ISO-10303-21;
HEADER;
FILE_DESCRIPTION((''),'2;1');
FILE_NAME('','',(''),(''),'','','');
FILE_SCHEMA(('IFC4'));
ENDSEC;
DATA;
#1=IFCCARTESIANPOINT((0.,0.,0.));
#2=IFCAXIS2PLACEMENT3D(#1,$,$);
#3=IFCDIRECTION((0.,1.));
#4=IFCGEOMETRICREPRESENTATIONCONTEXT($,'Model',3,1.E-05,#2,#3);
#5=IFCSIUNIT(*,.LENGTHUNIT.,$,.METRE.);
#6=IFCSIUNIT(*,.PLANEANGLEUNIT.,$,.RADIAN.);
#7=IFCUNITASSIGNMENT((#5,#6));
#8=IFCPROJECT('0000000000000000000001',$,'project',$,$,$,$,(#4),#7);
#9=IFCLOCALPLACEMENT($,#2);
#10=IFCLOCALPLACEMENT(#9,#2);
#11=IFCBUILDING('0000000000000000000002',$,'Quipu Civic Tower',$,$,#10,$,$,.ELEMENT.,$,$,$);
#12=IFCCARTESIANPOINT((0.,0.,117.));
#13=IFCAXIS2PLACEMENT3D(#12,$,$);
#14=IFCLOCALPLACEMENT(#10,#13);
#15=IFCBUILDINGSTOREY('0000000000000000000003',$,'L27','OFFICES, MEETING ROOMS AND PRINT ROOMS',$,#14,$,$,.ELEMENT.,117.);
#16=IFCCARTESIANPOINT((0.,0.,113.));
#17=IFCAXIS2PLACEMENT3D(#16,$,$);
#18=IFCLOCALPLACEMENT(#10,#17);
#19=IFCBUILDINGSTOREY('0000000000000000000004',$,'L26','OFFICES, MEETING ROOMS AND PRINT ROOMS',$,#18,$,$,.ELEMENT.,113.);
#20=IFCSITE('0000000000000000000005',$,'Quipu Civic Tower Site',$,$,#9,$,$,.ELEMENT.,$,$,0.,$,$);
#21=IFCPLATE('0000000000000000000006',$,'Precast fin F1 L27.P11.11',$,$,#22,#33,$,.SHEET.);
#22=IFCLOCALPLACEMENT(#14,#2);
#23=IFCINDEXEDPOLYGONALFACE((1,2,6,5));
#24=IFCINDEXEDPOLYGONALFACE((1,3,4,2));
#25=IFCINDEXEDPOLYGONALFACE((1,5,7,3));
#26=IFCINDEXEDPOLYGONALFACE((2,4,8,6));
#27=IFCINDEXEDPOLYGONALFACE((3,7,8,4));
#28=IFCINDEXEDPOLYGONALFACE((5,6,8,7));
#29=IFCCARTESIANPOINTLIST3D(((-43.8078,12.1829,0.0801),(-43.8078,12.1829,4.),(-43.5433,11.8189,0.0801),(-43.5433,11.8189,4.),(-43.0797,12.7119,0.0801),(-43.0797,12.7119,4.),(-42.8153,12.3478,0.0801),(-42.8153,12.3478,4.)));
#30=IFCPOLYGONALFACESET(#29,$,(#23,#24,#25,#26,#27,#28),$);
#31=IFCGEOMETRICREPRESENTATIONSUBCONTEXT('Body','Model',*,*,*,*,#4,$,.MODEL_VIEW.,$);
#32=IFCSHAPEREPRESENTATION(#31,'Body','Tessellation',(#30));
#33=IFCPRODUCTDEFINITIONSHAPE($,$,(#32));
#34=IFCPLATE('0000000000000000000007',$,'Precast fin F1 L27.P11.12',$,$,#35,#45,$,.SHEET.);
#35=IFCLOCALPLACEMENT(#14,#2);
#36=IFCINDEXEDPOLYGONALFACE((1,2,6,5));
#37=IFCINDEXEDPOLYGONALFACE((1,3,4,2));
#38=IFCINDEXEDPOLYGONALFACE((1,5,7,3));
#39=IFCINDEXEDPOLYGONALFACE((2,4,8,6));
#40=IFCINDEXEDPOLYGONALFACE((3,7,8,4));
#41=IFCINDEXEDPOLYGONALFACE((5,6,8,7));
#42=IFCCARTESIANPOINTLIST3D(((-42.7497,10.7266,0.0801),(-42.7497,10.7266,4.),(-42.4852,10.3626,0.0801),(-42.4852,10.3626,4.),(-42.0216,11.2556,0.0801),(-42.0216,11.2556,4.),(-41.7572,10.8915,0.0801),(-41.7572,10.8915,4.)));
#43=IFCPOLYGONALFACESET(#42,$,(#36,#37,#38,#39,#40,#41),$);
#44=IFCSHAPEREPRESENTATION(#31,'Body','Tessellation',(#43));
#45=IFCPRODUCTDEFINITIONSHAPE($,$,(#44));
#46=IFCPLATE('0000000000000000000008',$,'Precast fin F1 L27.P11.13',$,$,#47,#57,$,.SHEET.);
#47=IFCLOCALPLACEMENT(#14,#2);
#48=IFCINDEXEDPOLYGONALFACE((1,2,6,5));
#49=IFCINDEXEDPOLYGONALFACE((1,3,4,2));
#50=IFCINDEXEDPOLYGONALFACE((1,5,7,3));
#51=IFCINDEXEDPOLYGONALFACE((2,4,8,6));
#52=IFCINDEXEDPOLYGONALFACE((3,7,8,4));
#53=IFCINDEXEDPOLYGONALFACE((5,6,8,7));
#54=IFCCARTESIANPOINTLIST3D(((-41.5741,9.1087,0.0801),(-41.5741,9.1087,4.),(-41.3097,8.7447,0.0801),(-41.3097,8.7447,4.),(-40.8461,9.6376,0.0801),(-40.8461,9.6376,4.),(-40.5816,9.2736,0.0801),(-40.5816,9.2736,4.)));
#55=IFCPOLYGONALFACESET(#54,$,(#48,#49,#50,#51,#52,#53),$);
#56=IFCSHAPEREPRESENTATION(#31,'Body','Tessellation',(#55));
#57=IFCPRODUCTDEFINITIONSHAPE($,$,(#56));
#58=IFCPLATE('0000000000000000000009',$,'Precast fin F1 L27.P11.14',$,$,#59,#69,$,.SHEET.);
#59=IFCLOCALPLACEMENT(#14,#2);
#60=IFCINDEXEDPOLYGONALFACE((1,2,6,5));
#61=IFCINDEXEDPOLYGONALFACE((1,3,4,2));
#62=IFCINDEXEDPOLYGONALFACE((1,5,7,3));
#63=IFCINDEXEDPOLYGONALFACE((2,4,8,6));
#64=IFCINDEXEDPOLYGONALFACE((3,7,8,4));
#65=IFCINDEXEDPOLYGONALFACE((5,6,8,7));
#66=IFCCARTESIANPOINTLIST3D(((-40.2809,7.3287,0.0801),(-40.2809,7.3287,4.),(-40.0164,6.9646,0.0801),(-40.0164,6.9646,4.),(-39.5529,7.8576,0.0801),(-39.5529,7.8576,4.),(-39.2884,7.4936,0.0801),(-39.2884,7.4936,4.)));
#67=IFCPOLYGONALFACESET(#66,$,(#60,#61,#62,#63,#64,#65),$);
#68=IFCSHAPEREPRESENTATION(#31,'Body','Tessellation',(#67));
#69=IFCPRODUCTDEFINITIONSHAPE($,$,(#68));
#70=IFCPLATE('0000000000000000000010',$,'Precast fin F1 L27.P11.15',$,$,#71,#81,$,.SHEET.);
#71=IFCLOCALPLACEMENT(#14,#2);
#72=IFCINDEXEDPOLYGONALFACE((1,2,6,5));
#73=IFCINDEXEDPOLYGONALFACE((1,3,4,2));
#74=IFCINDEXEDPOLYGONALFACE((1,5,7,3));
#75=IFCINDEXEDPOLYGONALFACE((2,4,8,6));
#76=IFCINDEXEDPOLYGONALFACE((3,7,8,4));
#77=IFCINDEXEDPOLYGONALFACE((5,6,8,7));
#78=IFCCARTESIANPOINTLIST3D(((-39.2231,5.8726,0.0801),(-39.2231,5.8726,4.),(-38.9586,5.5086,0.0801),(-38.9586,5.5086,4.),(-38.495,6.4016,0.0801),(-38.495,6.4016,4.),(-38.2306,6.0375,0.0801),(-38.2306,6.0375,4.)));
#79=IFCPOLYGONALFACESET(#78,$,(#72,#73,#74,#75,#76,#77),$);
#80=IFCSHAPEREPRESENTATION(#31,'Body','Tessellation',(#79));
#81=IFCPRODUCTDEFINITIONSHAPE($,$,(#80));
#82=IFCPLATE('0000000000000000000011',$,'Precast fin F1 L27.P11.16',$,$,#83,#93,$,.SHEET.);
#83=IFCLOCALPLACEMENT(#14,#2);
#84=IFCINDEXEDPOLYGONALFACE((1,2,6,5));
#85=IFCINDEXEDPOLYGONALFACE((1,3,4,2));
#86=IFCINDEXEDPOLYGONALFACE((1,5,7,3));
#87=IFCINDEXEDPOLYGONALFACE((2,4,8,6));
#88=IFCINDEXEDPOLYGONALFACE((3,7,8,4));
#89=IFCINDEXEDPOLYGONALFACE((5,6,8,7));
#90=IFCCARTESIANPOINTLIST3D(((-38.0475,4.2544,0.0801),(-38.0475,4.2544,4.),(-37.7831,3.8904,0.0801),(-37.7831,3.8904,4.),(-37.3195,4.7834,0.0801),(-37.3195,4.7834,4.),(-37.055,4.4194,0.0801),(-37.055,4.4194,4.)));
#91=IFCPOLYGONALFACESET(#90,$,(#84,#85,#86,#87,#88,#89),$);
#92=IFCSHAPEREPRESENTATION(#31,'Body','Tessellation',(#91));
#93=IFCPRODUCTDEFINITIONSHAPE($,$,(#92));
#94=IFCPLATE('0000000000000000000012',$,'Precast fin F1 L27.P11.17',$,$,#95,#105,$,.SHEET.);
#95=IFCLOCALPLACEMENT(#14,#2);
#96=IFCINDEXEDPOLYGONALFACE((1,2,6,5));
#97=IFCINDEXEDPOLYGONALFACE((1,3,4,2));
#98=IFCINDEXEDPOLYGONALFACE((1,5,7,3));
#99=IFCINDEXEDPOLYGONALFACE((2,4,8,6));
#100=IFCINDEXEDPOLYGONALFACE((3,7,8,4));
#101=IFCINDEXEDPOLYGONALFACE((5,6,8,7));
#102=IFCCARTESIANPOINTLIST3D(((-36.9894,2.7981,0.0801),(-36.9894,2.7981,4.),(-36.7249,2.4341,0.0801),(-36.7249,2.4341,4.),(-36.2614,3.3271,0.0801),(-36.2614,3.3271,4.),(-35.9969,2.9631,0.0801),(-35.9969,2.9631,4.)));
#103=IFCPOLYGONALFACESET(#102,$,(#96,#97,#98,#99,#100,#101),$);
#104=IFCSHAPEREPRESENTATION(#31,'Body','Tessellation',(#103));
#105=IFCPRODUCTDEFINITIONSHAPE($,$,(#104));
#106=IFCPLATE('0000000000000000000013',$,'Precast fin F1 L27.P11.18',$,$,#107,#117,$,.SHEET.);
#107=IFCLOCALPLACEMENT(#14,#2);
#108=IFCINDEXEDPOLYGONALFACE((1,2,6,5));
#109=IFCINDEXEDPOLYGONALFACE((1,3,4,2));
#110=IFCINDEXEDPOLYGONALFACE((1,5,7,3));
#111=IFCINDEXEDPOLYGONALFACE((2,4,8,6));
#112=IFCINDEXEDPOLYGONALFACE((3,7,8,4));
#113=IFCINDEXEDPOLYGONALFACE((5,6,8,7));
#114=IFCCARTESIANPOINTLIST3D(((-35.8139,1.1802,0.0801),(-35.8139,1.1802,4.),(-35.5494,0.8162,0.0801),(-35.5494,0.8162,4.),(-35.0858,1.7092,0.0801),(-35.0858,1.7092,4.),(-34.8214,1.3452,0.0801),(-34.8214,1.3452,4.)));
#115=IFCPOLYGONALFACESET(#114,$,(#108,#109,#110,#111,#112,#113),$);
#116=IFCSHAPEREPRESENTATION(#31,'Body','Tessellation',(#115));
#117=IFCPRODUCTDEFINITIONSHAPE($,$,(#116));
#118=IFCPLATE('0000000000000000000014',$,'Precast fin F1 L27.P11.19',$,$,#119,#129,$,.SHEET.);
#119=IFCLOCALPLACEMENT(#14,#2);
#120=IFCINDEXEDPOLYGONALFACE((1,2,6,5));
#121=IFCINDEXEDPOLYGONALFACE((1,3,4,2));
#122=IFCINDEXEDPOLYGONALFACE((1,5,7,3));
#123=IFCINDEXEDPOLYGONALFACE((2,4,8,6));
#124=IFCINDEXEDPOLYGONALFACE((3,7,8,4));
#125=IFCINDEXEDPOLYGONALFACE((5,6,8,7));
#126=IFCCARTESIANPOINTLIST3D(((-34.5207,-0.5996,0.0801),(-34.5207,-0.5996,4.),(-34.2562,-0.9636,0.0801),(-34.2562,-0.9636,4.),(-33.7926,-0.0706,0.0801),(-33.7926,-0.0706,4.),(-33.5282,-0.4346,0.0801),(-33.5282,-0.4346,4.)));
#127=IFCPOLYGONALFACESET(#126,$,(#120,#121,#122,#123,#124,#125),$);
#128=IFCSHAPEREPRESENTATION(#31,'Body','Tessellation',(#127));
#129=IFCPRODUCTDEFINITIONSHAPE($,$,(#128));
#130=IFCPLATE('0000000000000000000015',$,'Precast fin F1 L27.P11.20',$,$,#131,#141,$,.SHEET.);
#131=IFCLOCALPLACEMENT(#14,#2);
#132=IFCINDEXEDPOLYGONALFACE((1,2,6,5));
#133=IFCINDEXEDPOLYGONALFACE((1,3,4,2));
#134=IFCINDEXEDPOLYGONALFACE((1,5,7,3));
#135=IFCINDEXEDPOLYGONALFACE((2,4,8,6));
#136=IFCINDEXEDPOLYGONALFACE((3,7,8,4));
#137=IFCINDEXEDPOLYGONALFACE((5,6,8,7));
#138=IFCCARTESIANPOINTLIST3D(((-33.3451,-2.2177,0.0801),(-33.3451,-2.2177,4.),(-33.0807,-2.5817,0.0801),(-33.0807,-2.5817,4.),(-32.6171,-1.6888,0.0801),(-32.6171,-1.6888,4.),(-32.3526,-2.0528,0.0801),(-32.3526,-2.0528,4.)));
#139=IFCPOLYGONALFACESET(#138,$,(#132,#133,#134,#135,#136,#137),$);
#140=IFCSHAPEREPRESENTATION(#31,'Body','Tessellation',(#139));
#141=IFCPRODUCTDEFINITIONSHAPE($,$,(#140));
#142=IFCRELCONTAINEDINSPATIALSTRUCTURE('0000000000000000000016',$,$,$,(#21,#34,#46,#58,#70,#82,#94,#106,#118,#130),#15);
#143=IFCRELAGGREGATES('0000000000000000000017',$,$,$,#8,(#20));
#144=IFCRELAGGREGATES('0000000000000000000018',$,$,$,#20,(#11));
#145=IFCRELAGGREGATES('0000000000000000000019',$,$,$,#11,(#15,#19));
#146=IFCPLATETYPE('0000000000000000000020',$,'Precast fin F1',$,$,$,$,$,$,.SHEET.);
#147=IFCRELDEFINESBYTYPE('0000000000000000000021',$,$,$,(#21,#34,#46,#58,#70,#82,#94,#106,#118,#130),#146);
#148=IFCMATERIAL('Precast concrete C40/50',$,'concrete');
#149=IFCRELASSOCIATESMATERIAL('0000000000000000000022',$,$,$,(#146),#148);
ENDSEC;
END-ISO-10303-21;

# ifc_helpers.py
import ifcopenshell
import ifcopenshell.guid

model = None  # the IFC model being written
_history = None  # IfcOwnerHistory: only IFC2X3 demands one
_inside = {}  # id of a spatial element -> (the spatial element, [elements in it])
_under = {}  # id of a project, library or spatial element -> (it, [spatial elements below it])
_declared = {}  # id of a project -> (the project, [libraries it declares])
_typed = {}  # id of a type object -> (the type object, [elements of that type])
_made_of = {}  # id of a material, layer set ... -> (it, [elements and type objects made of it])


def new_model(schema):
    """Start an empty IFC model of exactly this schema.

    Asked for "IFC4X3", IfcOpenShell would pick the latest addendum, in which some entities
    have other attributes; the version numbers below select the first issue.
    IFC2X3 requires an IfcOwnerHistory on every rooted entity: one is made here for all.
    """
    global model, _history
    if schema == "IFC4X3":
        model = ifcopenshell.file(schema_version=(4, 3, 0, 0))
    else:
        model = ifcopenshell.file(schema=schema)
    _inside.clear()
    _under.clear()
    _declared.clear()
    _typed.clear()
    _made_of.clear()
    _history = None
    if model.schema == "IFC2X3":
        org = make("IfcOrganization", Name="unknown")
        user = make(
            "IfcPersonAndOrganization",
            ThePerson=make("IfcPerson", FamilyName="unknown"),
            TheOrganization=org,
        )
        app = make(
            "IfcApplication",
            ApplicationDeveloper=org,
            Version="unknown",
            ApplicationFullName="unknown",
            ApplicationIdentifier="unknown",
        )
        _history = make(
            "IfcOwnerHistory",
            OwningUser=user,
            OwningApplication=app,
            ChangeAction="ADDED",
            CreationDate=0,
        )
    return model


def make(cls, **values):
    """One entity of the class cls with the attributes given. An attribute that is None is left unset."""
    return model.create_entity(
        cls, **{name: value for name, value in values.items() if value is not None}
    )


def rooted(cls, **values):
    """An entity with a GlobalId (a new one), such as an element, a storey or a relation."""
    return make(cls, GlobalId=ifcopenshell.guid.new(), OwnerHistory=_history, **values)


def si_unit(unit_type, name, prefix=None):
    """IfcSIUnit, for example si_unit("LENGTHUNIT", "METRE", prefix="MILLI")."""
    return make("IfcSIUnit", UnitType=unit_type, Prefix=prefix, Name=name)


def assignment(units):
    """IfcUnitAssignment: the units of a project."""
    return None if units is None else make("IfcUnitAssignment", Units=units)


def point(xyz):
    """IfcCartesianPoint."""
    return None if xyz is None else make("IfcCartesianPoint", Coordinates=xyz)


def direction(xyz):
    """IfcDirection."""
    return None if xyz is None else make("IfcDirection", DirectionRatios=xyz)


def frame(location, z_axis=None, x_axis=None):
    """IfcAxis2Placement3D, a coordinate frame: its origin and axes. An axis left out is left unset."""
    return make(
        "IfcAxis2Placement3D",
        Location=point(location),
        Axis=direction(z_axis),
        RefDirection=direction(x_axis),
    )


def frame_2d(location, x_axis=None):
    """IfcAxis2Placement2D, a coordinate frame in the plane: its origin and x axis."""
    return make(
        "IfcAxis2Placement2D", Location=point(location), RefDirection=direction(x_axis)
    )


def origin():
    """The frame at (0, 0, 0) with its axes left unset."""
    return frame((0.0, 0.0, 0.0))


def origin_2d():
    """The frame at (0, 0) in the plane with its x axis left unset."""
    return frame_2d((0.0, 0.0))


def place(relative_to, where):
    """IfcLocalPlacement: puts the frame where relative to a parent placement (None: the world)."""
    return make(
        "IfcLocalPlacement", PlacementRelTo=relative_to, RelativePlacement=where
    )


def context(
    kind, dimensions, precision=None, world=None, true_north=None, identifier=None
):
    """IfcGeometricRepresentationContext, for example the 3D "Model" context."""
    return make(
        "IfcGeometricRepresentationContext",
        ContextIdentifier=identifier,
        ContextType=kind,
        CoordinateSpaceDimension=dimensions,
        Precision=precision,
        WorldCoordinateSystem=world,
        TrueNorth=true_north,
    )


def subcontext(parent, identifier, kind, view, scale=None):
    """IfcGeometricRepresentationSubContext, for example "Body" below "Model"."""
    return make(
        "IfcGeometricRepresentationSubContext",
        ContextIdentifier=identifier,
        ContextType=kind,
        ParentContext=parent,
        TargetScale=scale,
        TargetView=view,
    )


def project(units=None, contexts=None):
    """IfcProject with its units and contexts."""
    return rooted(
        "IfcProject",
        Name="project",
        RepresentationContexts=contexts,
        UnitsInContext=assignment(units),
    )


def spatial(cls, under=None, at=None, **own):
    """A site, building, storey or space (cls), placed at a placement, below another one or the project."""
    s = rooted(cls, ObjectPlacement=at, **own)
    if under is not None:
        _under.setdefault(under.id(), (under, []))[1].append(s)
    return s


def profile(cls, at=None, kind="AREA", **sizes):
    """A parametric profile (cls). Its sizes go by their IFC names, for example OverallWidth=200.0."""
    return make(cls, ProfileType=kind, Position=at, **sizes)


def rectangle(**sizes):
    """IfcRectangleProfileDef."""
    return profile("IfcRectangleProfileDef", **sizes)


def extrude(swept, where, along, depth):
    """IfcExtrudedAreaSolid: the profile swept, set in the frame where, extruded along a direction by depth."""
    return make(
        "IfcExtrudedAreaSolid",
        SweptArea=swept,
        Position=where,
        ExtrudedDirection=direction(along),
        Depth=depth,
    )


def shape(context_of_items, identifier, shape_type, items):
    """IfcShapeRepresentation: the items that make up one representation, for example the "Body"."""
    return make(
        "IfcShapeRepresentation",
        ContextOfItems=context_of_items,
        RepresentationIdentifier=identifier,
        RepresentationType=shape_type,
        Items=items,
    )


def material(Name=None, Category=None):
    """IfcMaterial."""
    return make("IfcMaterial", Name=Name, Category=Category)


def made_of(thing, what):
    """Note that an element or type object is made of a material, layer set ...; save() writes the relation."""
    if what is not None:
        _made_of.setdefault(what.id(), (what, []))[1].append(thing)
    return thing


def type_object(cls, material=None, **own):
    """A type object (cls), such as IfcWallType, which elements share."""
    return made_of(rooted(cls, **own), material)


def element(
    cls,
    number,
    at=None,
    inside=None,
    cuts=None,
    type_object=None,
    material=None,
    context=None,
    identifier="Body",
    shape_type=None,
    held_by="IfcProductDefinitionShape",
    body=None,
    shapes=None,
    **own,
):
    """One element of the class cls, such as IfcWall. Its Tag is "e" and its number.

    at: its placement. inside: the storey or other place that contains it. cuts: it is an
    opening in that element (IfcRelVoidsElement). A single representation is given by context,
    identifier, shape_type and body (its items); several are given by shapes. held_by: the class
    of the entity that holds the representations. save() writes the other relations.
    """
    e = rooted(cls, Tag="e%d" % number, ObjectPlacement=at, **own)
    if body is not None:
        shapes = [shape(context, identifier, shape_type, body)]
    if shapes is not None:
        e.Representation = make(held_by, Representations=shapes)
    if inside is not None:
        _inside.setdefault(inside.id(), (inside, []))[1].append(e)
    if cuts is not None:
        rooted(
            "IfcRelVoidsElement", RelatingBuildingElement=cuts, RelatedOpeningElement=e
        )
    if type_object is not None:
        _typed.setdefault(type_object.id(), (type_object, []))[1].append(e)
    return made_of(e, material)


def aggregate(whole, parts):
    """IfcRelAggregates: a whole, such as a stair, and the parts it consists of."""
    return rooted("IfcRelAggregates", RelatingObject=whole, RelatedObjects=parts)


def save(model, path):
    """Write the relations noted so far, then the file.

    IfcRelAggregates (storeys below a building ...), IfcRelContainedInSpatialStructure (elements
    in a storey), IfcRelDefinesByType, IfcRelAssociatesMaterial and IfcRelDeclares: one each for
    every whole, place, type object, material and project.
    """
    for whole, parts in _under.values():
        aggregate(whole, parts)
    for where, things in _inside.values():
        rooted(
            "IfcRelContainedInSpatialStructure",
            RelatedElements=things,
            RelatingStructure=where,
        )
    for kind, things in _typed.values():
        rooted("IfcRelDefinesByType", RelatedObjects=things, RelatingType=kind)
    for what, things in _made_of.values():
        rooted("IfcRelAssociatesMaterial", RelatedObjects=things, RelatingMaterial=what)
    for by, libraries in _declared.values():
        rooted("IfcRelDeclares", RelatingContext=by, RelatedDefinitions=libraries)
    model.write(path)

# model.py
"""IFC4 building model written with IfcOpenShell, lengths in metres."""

from ifc_helpers import new_model, si_unit, direction, frame, origin, origin_2d, place, context, subcontext, project, spatial, rectangle, extrude, material, type_object, element, save


model = new_model("IFC4")

# Units and contexts
model_context = context("Model", 3, precision=1e-05, world=origin(), true_north=direction((0.0, 1.0)))
body_context = subcontext(model_context, "Body", "Model", "MODEL_VIEW")
ifc_project = project(units=[si_unit("LENGTHUNIT", "METRE"), si_unit("PLANEANGLEUNIT", "RADIAN")], contexts=[model_context])

# Site, building, storey
site_placement = place(None, origin())
site = spatial("IfcSite", under=ifc_project, at=site_placement, Name="Quipu Civic Tower Site", CompositionType="ELEMENT", RefElevation=0.0)
building_placement = place(site_placement, origin())
building = spatial("IfcBuilding", under=site, at=building_placement, Name="Quipu Civic Tower", CompositionType="ELEMENT")
storey_1_placement = place(building_placement, frame((0.0, 0.0, 117.0)))
storey_1 = spatial("IfcBuildingStorey", under=building, at=storey_1_placement, Name="L27", Description="OFFICES, MEETING ROOMS AND PRINT ROOMS", CompositionType="ELEMENT", Elevation=117.0)

# Shared definitions
storey_2_placement = place(building_placement, frame((0.0, 0.0, 113.0)))
storey_2 = spatial("IfcBuildingStorey", under=building, at=storey_2_placement, Name="L26", Description="OFFICES, MEETING ROOMS AND PRINT ROOMS", CompositionType="ELEMENT", Elevation=113.0)

# Plates
ifc_material_1 = material(Name="Precast concrete C40/50", Category="concrete")
plate_type_1 = type_object("IfcPlateType", Name="Precast fin F1", PredefinedType="SHEET", material=ifc_material_1)
for number, where, z_axis, x_axis, name in (
    (1, (-43.3115, 12.2654, 0.0801), (0.0, 0.0, 1.0), (0.587786, -0.809017, 0.0), "Precast fin F1 L27.P11.11"),
    (2, (-42.2534, 10.8091, 0.0801), (0.0, 0.0, 1.0), (0.587786, -0.809017, 0.0), "Precast fin F1 L27.P11.12"),
    (3, (-41.0779, 9.1912, 0.0801), (0.0, 0.0, 1.0), (0.587786, -0.809017, 0.0), "Precast fin F1 L27.P11.13"),
    (4, (-39.7847, 7.4111, 0.0801), (0.0, 0.0, 1.0), (0.587786, -0.809017, 0.0), "Precast fin F1 L27.P11.14"),
    (5, (-38.7268, 5.9551, 0.0801), (0.0, 0.0, 1.0), (0.587786, -0.809017, 0.0), "Precast fin F1 L27.P11.15"),
    (6, (-37.5513, 4.3369, 0.0801), (0.0, 0.0, 1.0), (0.587786, -0.809017, 0.0), "Precast fin F1 L27.P11.16"),
    (7, (-36.4932, 2.8806, 0.0801), (0.0, 0.0, 1.0), (0.587786, -0.809017, 0.0), "Precast fin F1 L27.P11.17"),
    (8, (-35.3176, 1.2627, 0.0801), (0.0, 0.0, 1.0), (0.587786, -0.809017, 0.0), "Precast fin F1 L27.P11.18"),
    (9, (-34.0244, -0.5171, 0.0801), (0.0, 0.0, 1.0), (0.587786, -0.809017, 0.0), "Precast fin F1 L27.P11.19"),
    (10, (-32.8489, -2.1353, 0.0801), (0.0, 0.0, 1.0), (0.587786, -0.809017, 0.0), "Precast fin F1 L27.P11.20"),
):
    element("IfcPlate", number, at=place(storey_1_placement, frame(where, z_axis=z_axis, x_axis=x_axis)), inside=storey_1, type_object=plate_type_1, Name=name, PredefinedType="SHEET", context=body_context, shape_type="SweptSolid", body=[
        extrude(rectangle(XDim=0.45, YDim=0.8999, at=origin_2d()), origin(), (0.0, 0.0, 1.0), 3.9199),
    ])

save(model, "model.ifc")
